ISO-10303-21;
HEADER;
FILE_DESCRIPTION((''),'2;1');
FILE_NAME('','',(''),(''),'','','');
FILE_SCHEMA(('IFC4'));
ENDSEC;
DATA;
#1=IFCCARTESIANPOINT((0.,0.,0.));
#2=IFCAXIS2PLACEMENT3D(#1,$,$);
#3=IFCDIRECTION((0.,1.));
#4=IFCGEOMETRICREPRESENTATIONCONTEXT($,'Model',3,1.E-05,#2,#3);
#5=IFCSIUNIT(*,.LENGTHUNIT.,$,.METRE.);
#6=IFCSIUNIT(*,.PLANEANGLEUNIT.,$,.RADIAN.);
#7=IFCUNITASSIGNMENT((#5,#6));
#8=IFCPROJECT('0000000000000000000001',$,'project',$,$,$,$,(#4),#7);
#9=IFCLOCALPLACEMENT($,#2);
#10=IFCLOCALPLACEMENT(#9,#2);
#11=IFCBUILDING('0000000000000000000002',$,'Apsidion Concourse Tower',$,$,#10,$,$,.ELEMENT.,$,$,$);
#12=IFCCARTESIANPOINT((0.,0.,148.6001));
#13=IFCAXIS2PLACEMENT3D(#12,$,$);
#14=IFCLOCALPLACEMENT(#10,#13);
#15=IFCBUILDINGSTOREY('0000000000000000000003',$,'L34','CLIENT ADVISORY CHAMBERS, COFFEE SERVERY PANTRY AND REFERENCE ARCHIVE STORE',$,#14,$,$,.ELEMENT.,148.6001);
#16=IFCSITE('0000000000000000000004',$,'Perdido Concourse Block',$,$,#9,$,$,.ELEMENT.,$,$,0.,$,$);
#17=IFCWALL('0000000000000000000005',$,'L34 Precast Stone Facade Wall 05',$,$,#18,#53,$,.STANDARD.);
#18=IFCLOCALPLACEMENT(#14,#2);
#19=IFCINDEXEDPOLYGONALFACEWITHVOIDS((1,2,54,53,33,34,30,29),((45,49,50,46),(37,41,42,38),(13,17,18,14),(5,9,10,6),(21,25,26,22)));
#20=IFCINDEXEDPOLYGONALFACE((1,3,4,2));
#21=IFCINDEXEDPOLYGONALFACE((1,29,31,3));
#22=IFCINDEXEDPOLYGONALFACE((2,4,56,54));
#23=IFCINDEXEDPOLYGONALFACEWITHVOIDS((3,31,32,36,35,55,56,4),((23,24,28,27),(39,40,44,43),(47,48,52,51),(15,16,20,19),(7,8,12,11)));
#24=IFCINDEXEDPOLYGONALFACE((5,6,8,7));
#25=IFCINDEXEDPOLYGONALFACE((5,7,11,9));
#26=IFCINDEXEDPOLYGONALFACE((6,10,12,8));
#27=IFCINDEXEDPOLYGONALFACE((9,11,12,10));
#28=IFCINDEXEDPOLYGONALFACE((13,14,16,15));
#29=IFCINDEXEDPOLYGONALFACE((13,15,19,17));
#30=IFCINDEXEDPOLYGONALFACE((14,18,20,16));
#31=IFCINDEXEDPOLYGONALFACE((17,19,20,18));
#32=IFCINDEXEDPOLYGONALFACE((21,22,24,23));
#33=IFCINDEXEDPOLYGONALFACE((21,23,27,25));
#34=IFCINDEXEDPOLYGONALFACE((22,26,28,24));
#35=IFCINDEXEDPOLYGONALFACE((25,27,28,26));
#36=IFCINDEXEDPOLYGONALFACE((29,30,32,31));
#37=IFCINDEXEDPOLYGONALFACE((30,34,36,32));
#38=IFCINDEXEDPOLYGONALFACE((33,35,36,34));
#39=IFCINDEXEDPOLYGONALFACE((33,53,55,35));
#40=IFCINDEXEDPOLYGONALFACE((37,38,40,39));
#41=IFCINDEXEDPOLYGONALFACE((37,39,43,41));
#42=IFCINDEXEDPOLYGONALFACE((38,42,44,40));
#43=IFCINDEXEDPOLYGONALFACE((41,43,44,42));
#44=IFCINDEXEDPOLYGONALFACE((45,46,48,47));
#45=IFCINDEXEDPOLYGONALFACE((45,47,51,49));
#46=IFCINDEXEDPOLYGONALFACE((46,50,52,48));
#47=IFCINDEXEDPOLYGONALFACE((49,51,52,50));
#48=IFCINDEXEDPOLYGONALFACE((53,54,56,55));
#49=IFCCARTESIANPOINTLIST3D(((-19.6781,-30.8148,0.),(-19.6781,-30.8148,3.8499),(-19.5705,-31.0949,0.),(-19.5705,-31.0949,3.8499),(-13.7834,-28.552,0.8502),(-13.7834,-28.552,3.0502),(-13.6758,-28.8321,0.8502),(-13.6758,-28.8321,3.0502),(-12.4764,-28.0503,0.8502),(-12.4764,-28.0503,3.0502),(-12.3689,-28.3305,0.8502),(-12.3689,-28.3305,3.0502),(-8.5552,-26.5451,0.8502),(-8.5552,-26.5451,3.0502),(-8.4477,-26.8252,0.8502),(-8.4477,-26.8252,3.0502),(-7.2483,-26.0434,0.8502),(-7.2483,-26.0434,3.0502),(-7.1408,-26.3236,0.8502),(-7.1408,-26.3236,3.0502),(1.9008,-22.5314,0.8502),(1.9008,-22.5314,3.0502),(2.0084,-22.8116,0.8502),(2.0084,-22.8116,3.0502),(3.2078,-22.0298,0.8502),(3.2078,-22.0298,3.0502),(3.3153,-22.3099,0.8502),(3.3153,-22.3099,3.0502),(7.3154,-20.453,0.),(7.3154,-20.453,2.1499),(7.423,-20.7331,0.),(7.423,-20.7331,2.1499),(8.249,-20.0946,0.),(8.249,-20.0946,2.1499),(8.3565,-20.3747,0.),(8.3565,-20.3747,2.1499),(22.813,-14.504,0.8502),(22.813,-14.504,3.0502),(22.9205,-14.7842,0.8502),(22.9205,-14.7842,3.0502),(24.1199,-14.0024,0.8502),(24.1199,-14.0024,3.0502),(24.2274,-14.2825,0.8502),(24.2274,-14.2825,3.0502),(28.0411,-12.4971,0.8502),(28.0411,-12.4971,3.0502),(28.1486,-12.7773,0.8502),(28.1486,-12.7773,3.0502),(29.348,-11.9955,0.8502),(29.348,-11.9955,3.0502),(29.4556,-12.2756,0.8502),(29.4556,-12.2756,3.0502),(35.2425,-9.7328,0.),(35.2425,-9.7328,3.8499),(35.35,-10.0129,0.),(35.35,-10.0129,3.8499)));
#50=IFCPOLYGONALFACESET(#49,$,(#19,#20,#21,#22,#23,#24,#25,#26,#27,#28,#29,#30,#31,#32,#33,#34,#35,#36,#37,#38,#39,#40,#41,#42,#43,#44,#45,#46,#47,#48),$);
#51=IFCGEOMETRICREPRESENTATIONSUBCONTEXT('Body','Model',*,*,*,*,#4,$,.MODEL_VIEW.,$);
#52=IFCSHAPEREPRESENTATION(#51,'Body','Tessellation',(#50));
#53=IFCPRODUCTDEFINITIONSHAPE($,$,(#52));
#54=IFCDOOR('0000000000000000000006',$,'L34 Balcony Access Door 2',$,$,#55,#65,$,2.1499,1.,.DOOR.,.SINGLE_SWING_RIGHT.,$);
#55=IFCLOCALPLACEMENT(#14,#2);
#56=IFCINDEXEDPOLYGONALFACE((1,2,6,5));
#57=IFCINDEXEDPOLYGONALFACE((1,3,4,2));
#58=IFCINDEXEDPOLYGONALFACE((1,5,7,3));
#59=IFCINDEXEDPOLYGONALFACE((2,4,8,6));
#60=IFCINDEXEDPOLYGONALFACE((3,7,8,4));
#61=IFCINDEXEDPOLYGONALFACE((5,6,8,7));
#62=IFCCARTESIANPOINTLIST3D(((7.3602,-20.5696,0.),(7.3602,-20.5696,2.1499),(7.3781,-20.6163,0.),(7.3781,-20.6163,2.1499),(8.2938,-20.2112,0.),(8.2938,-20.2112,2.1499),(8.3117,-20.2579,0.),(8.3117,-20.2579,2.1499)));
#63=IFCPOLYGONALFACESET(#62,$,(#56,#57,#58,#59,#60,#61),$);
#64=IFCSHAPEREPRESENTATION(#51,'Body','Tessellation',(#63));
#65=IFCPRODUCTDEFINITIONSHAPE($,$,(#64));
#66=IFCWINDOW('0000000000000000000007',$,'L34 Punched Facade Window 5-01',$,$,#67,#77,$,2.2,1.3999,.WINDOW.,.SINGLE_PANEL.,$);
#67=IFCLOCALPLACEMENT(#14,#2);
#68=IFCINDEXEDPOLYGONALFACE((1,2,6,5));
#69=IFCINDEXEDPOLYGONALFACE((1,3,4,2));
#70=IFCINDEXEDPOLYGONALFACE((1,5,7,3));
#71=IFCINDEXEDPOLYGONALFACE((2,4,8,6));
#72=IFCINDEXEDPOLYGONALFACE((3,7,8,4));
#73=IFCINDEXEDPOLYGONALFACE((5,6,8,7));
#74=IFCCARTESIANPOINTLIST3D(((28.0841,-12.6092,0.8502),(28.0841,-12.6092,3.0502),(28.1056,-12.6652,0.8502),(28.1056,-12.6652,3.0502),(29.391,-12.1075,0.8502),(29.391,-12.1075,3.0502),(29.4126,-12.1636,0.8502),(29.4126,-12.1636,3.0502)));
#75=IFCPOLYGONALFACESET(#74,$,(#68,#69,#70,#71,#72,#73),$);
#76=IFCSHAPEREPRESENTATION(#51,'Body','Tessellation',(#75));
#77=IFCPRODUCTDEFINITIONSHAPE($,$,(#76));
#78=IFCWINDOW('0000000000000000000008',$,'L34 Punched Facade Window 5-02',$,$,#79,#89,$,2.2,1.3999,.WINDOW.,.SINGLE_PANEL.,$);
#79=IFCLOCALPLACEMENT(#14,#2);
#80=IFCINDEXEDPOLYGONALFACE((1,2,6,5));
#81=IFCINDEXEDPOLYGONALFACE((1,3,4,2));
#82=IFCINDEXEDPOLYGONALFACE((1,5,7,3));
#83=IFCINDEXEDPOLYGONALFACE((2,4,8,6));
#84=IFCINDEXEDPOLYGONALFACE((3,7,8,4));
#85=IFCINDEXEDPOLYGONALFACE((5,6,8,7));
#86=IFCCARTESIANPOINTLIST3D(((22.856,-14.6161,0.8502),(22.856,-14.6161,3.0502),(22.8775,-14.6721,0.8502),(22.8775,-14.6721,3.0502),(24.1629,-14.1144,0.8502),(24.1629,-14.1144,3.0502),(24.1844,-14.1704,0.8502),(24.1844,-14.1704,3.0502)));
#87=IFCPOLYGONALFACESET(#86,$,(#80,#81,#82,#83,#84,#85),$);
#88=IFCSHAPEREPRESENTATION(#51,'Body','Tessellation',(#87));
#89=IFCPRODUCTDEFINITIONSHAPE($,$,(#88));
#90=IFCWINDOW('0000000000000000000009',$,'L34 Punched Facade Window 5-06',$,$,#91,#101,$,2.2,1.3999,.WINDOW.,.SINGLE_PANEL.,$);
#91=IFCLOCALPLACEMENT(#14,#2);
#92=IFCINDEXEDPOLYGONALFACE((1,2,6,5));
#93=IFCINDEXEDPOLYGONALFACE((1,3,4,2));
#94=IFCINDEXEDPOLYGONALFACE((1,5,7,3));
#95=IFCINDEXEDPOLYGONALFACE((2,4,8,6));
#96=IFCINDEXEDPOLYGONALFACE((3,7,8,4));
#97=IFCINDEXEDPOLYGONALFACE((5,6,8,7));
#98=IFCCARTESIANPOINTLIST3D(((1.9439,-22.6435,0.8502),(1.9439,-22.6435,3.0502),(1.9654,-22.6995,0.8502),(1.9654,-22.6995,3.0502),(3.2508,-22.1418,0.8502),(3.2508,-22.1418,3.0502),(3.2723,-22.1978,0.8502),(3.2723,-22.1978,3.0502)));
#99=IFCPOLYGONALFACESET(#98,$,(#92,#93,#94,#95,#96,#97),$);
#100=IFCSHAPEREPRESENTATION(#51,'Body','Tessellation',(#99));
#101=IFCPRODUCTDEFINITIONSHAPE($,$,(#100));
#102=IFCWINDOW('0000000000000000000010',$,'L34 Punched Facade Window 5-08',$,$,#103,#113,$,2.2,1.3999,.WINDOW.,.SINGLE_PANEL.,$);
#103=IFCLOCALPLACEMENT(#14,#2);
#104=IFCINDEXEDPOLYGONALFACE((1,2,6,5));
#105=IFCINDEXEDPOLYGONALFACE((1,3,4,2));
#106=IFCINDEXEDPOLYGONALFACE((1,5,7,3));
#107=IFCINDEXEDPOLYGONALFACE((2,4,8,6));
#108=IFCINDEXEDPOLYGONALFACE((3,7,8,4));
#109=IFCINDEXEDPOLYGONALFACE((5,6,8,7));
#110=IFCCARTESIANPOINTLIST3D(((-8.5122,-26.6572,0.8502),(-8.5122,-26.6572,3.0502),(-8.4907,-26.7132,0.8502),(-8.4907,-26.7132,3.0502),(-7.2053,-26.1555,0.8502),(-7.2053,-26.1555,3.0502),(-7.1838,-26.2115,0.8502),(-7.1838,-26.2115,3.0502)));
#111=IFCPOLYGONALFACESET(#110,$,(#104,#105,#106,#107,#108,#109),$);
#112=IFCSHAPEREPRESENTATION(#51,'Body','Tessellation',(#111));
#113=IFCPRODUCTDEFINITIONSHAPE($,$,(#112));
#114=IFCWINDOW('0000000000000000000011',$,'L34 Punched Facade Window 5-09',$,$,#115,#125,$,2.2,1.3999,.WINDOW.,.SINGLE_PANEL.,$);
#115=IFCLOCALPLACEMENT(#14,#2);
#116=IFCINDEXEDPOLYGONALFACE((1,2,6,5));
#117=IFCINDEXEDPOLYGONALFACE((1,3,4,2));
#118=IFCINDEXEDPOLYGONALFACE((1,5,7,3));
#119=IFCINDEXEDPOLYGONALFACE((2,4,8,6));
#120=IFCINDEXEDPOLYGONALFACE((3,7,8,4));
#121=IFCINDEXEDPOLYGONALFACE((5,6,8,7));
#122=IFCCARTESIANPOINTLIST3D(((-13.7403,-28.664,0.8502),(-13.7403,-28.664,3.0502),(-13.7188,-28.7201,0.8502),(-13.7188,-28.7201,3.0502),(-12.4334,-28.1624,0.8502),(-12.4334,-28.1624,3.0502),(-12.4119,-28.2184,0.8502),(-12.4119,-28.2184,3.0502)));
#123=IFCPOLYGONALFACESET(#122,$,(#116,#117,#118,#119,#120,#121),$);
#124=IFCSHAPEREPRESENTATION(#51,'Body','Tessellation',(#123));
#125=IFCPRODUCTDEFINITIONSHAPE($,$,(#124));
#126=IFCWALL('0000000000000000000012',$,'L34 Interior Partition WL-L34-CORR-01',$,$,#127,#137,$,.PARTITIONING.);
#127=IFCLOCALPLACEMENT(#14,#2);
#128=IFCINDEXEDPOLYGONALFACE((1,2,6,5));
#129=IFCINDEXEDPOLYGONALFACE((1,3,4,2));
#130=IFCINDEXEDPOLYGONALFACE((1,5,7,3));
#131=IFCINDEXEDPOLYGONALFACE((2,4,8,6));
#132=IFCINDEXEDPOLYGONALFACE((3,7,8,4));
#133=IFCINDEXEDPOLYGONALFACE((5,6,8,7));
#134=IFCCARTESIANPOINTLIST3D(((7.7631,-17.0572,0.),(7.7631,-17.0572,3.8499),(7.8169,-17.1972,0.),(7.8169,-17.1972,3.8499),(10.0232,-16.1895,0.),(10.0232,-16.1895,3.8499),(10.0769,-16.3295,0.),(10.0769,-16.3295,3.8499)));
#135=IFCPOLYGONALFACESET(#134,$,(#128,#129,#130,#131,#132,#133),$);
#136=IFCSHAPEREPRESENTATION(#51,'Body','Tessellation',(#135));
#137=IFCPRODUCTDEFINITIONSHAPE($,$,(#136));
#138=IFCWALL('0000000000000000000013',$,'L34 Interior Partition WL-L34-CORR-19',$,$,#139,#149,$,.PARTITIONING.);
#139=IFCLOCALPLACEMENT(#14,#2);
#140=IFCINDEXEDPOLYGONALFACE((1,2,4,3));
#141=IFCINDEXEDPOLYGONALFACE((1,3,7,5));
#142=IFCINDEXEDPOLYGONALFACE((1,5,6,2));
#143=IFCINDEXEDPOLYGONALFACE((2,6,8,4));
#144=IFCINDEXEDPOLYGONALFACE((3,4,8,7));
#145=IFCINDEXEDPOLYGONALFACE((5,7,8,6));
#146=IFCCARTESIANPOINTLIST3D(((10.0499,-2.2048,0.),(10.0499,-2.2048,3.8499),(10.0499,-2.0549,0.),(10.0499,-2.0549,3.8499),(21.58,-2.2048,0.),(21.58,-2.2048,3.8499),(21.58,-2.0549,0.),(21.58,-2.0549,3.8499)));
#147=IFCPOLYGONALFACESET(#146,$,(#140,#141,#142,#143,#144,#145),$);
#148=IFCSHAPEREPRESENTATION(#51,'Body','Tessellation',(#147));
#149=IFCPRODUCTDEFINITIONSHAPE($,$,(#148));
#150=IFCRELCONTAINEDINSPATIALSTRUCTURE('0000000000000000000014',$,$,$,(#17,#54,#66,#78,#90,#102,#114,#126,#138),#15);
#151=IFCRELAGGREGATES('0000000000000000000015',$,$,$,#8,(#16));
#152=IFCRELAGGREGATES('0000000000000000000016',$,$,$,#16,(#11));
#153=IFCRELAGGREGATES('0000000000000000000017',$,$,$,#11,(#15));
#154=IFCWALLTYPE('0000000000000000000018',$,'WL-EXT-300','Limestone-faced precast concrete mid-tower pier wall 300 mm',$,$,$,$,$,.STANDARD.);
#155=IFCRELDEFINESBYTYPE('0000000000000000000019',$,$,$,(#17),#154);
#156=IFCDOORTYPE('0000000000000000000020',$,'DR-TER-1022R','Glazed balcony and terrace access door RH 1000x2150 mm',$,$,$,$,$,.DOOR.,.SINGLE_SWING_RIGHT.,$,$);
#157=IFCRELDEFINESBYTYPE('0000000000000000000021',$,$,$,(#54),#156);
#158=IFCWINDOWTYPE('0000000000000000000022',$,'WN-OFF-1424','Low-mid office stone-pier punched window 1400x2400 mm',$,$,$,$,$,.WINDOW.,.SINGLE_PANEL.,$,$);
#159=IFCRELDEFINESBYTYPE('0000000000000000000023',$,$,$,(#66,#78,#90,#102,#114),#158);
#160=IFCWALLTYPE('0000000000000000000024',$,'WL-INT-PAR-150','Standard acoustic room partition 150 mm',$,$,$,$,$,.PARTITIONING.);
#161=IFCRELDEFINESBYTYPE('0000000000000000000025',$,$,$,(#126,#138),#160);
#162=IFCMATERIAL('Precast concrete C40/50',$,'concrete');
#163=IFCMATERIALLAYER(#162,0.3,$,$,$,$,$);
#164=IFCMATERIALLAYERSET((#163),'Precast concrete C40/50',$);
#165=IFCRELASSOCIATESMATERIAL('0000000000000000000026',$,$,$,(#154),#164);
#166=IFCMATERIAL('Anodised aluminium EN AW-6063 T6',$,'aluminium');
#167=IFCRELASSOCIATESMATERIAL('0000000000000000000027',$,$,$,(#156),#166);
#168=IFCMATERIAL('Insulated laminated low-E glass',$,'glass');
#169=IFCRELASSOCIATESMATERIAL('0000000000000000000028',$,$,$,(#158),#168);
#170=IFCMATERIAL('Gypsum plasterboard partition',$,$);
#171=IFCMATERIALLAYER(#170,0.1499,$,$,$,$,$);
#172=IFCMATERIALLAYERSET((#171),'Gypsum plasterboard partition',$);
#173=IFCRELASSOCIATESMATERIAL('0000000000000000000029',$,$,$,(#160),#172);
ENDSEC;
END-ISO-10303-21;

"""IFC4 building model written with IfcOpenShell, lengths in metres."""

from ifc_helpers import new_model, si_unit, direction, frame, frame_2d, origin, place, context, subcontext, project, spatial, rectangle, extrude, material, layer, layer_set, type_object, element, fill, save


model = new_model("IFC4")

# Units and contexts
model_context = context("Model", 3, precision=1e-05, world=origin(), true_north=direction((0.0, 1.0)))
body_context = subcontext(model_context, "Body", "Model", "MODEL_VIEW")
ifc_project = project(units=[si_unit("LENGTHUNIT", "METRE"), si_unit("PLANEANGLEUNIT", "RADIAN")], contexts=[model_context])

# Site, building, storey
site_placement = place(None, origin())
site = spatial("IfcSite", under=ifc_project, at=site_placement, Name="Perdido Concourse Block", CompositionType="ELEMENT", RefElevation=0.0)
building_placement = place(site_placement, origin())
building = spatial("IfcBuilding", under=site, at=building_placement, Name="Apsidion Concourse Tower", CompositionType="ELEMENT")
storey_placement = place(building_placement, frame((0.0, 0.0, 148.6001)))
storey = spatial("IfcBuildingStorey", under=building, at=storey_placement, Name="L34", Description="CLIENT ADVISORY CHAMBERS, COFFEE SERVERY PANTRY AND REFERENCE ARCHIVE STORE", CompositionType="ELEMENT", Elevation=148.6001)

# Shared definitions
ifc_material_1 = material(Name="Precast concrete C40/50", Category="concrete")
ifc_layer_1 = layer(ifc_material_1, 0.3)
ifc_layer_set_1 = layer_set([ifc_layer_1], Name="Precast concrete C40/50")
wall_type_1 = type_object("IfcWallType", Name="WL-EXT-300", Description="Limestone-faced precast concrete mid-tower pier wall 300 mm", PredefinedType="STANDARD", material=ifc_layer_set_1)

# Wall, openings, door, windows
wall_1_placement = place(storey_placement, frame((35.2964, -9.8728, 0.0), z_axis=(0.0, 0.0, 1.0), x_axis=(-0.933581, -0.358367, 0.0)))
wall_1 = element("IfcWall", 1, at=wall_1_placement, inside=storey, type_object=wall_type_1, Name="L34 Precast Stone Facade Wall 05", PredefinedType="STANDARD", context=body_context, shape_type="SweptSolid", body=[
    extrude(rectangle(XDim=58.8279, YDim=0.3, at=frame_2d((29.4141, 0.0))), origin(), (0.0, 0.0, 1.0), 3.8499),
])
opening_1_placement = place(wall_1_placement, frame((28.9141, 0.0, 0.0)))
opening_1 = element("IfcOpeningElement", 2, at=opening_1_placement, cuts=wall_1, PredefinedType="OPENING", context=body_context, shape_type="SweptSolid", body=[
    extrude(rectangle(XDim=1.0, YDim=2.1499, at=frame_2d((0.5, 1.075))), frame((0.0, 0.1602, 0.0), z_axis=(0.0, -1.0, 0.0), x_axis=(1.0, 0.0, 0.0)), (0.0, 0.0, 1.0), 0.3201),
])
opening_2_placement = place(wall_1_placement, frame((6.314, 0.0, 0.8501)))
opening_2 = element("IfcOpeningElement", 3, at=opening_2_placement, cuts=wall_1, PredefinedType="OPENING", context=body_context, shape_type="SweptSolid", body=[
    extrude(rectangle(XDim=1.3999, YDim=2.2, at=frame_2d((0.7, 1.1001))), frame((0.0, 0.1602, 0.0), z_axis=(0.0, -1.0, 0.0), x_axis=(1.0, 0.0, 0.0)), (0.0, 0.0, 1.0), 0.3201),
])
opening_3_placement = place(wall_1_placement, frame((11.9141, 0.0, 0.8501)))
opening_3 = element("IfcOpeningElement", 4, at=opening_3_placement, cuts=wall_1, PredefinedType="OPENING", context=body_context, shape_type="SweptSolid", body=[
    extrude(rectangle(XDim=1.3999, YDim=2.2, at=frame_2d((0.7, 1.1001))), frame((0.0, 0.1602, 0.0), z_axis=(0.0, -1.0, 0.0), x_axis=(1.0, 0.0, 0.0)), (0.0, 0.0, 1.0), 0.3201),
])
opening_4_placement = place(wall_1_placement, frame((34.314, 0.0, 0.8501)))
opening_4 = element("IfcOpeningElement", 5, at=opening_4_placement, cuts=wall_1, PredefinedType="OPENING", context=body_context, shape_type="SweptSolid", body=[
    extrude(rectangle(XDim=1.3999, YDim=2.2, at=frame_2d((0.7, 1.1001))), frame((0.0, 0.1602, 0.0), z_axis=(0.0, -1.0, 0.0), x_axis=(1.0, 0.0, 0.0)), (0.0, 0.0, 1.0), 0.3201),
])
opening_5_placement = place(wall_1_placement, frame((45.5139, 0.0, 0.8501)))
opening_5 = element("IfcOpeningElement", 6, at=opening_5_placement, cuts=wall_1, PredefinedType="OPENING", context=body_context, shape_type="SweptSolid", body=[
    extrude(rectangle(XDim=1.3999, YDim=2.2, at=frame_2d((0.7, 1.1001))), frame((0.0, 0.1602, 0.0), z_axis=(0.0, -1.0, 0.0), x_axis=(1.0, 0.0, 0.0)), (0.0, 0.0, 1.0), 0.3201),
])
opening_6_placement = place(wall_1_placement, frame((51.114, 0.0, 0.8501)))
opening_6 = element("IfcOpeningElement", 7, at=opening_6_placement, cuts=wall_1, PredefinedType="OPENING", context=body_context, shape_type="SweptSolid", body=[
    extrude(rectangle(XDim=1.3999, YDim=2.2, at=frame_2d((0.7, 1.1001))), frame((0.0, 0.1602, 0.0), z_axis=(0.0, -1.0, 0.0), x_axis=(1.0, 0.0, 0.0)), (0.0, 0.0, 1.0), 0.3201),
])
ifc_material_2 = material(Name="Anodised aluminium EN AW-6063 T6", Category="aluminium")
door_type_1 = type_object("IfcDoorType", Name="DR-TER-1022R", Description="Glazed balcony and terrace access door RH 1000x2150 mm", OperationType="SINGLE_SWING_RIGHT", PredefinedType="DOOR", material=ifc_material_2)
door_1_placement = place(opening_1_placement, origin())
door_1 = element("IfcDoor", 8, at=door_1_placement, inside=storey, type_object=door_type_1, Name="L34 Balcony Access Door 2", OperationType="SINGLE_SWING_RIGHT", OverallHeight=2.1499, OverallWidth=1.0, PredefinedType="DOOR", context=body_context, shape_type="SweptSolid", body=[
    extrude(rectangle(XDim=1.0, YDim=2.1499, at=frame_2d((0.5, 1.075))), frame((0.0, 0.0249, 0.0), z_axis=(0.0, -1.0, 0.0), x_axis=(1.0, 0.0, 0.0)), (0.0, 0.0, 1.0), 0.05),
])
fill(opening_1, door_1)
ifc_material_3 = material(Name="Insulated laminated low-E glass", Category="glass")
window_type = type_object("IfcWindowType", Name="WN-OFF-1424", Description="Low-mid office stone-pier punched window 1400x2400 mm", PartitioningType="SINGLE_PANEL", PredefinedType="WINDOW", material=ifc_material_3)
window_1_placement = place(opening_2_placement, origin())
window_1 = element("IfcWindow", 9, at=window_1_placement, inside=storey, type_object=window_type, Name="L34 Punched Facade Window 5-01", OverallHeight=2.2, OverallWidth=1.3999, PartitioningType="SINGLE_PANEL", PredefinedType="WINDOW", context=body_context, shape_type="SweptSolid", body=[
    extrude(rectangle(XDim=1.3999, YDim=2.2, at=frame_2d((0.7, 1.1001))), frame((0.0, 0.03, 0.0), z_axis=(0.0, -1.0, 0.0), x_axis=(1.0, 0.0, 0.0)), (0.0, 0.0, 1.0), 0.0601),
])
fill(opening_2, window_1)
window_2_placement = place(opening_3_placement, origin())
window_2 = element("IfcWindow", 10, at=window_2_placement, inside=storey, type_object=window_type, Name="L34 Punched Facade Window 5-02", OverallHeight=2.2, OverallWidth=1.3999, PartitioningType="SINGLE_PANEL", PredefinedType="WINDOW", context=body_context, shape_type="SweptSolid", body=[
    extrude(rectangle(XDim=1.3999, YDim=2.2, at=frame_2d((0.7, 1.1001))), frame((0.0, 0.03, 0.0), z_axis=(0.0, -1.0, 0.0), x_axis=(1.0, 0.0, 0.0)), (0.0, 0.0, 1.0), 0.0601),
])
fill(opening_3, window_2)
window_3_placement = place(opening_4_placement, origin())
window_3 = element("IfcWindow", 11, at=window_3_placement, inside=storey, type_object=window_type, Name="L34 Punched Facade Window 5-06", OverallHeight=2.2, OverallWidth=1.3999, PartitioningType="SINGLE_PANEL", PredefinedType="WINDOW", context=body_context, shape_type="SweptSolid", body=[
    extrude(rectangle(XDim=1.3999, YDim=2.2, at=frame_2d((0.7, 1.1001))), frame((0.0, 0.03, 0.0), z_axis=(0.0, -1.0, 0.0), x_axis=(1.0, 0.0, 0.0)), (0.0, 0.0, 1.0), 0.0601),
])
fill(opening_4, window_3)
window_4_placement = place(opening_5_placement, origin())
window_4 = element("IfcWindow", 12, at=window_4_placement, inside=storey, type_object=window_type, Name="L34 Punched Facade Window 5-08", OverallHeight=2.2, OverallWidth=1.3999, PartitioningType="SINGLE_PANEL", PredefinedType="WINDOW", context=body_context, shape_type="SweptSolid", body=[
    extrude(rectangle(XDim=1.3999, YDim=2.2, at=frame_2d((0.7, 1.1001))), frame((0.0, 0.03, 0.0), z_axis=(0.0, -1.0, 0.0), x_axis=(1.0, 0.0, 0.0)), (0.0, 0.0, 1.0), 0.0601),
])
fill(opening_5, window_4)
window_5_placement = place(opening_6_placement, origin())
window_5 = element("IfcWindow", 13, at=window_5_placement, inside=storey, type_object=window_type, Name="L34 Punched Facade Window 5-09", OverallHeight=2.2, OverallWidth=1.3999, PartitioningType="SINGLE_PANEL", PredefinedType="WINDOW", context=body_context, shape_type="SweptSolid", body=[
    extrude(rectangle(XDim=1.3999, YDim=2.2, at=frame_2d((0.7, 1.1001))), frame((0.0, 0.03, 0.0), z_axis=(0.0, -1.0, 0.0), x_axis=(1.0, 0.0, 0.0)), (0.0, 0.0, 1.0), 0.0601),
])
fill(opening_6, window_5)

# Walls
ifc_material_4 = material(Name="Gypsum plasterboard partition")
ifc_layer_2 = layer(ifc_material_4, 0.1499)
ifc_layer_set_2 = layer_set([ifc_layer_2], Name="Gypsum plasterboard partition")
wall_type_2 = type_object("IfcWallType", Name="WL-INT-PAR-150", Description="Standard acoustic room partition 150 mm", PredefinedType="PARTITIONING", material=ifc_layer_set_2)
wall_2_placement = place(storey_placement, frame((10.05, -16.2595, 0.0), z_axis=(0.0, 0.0, 1.0), x_axis=(-0.933561, -0.358418, 0.0)))
element("IfcWall", 14, at=wall_2_placement, inside=storey, type_object=wall_type_2, Name="L34 Interior Partition WL-L34-CORR-01", PredefinedType="PARTITIONING", context=body_context, shape_type="SweptSolid", body=[
    extrude(rectangle(XDim=2.4209, YDim=0.1499, at=frame_2d((1.2104, 0.0))), origin(), (0.0, 0.0, 1.0), 3.8499),
])
wall_3_placement = place(storey_placement, frame((21.5801, -2.1299, 0.0), z_axis=(0.0, 0.0, 1.0), x_axis=(-1.0, 0.0, 0.0)))
element("IfcWall", 15, at=wall_3_placement, inside=storey, type_object=wall_type_2, Name="L34 Interior Partition WL-L34-CORR-19", PredefinedType="PARTITIONING", context=body_context, shape_type="SweptSolid", body=[
    extrude(rectangle(XDim=11.53, YDim=0.1499, at=frame_2d((5.7651, 0.0))), origin(), (0.0, 0.0, 1.0), 3.8499),
])

save(model, "model.ifc")
